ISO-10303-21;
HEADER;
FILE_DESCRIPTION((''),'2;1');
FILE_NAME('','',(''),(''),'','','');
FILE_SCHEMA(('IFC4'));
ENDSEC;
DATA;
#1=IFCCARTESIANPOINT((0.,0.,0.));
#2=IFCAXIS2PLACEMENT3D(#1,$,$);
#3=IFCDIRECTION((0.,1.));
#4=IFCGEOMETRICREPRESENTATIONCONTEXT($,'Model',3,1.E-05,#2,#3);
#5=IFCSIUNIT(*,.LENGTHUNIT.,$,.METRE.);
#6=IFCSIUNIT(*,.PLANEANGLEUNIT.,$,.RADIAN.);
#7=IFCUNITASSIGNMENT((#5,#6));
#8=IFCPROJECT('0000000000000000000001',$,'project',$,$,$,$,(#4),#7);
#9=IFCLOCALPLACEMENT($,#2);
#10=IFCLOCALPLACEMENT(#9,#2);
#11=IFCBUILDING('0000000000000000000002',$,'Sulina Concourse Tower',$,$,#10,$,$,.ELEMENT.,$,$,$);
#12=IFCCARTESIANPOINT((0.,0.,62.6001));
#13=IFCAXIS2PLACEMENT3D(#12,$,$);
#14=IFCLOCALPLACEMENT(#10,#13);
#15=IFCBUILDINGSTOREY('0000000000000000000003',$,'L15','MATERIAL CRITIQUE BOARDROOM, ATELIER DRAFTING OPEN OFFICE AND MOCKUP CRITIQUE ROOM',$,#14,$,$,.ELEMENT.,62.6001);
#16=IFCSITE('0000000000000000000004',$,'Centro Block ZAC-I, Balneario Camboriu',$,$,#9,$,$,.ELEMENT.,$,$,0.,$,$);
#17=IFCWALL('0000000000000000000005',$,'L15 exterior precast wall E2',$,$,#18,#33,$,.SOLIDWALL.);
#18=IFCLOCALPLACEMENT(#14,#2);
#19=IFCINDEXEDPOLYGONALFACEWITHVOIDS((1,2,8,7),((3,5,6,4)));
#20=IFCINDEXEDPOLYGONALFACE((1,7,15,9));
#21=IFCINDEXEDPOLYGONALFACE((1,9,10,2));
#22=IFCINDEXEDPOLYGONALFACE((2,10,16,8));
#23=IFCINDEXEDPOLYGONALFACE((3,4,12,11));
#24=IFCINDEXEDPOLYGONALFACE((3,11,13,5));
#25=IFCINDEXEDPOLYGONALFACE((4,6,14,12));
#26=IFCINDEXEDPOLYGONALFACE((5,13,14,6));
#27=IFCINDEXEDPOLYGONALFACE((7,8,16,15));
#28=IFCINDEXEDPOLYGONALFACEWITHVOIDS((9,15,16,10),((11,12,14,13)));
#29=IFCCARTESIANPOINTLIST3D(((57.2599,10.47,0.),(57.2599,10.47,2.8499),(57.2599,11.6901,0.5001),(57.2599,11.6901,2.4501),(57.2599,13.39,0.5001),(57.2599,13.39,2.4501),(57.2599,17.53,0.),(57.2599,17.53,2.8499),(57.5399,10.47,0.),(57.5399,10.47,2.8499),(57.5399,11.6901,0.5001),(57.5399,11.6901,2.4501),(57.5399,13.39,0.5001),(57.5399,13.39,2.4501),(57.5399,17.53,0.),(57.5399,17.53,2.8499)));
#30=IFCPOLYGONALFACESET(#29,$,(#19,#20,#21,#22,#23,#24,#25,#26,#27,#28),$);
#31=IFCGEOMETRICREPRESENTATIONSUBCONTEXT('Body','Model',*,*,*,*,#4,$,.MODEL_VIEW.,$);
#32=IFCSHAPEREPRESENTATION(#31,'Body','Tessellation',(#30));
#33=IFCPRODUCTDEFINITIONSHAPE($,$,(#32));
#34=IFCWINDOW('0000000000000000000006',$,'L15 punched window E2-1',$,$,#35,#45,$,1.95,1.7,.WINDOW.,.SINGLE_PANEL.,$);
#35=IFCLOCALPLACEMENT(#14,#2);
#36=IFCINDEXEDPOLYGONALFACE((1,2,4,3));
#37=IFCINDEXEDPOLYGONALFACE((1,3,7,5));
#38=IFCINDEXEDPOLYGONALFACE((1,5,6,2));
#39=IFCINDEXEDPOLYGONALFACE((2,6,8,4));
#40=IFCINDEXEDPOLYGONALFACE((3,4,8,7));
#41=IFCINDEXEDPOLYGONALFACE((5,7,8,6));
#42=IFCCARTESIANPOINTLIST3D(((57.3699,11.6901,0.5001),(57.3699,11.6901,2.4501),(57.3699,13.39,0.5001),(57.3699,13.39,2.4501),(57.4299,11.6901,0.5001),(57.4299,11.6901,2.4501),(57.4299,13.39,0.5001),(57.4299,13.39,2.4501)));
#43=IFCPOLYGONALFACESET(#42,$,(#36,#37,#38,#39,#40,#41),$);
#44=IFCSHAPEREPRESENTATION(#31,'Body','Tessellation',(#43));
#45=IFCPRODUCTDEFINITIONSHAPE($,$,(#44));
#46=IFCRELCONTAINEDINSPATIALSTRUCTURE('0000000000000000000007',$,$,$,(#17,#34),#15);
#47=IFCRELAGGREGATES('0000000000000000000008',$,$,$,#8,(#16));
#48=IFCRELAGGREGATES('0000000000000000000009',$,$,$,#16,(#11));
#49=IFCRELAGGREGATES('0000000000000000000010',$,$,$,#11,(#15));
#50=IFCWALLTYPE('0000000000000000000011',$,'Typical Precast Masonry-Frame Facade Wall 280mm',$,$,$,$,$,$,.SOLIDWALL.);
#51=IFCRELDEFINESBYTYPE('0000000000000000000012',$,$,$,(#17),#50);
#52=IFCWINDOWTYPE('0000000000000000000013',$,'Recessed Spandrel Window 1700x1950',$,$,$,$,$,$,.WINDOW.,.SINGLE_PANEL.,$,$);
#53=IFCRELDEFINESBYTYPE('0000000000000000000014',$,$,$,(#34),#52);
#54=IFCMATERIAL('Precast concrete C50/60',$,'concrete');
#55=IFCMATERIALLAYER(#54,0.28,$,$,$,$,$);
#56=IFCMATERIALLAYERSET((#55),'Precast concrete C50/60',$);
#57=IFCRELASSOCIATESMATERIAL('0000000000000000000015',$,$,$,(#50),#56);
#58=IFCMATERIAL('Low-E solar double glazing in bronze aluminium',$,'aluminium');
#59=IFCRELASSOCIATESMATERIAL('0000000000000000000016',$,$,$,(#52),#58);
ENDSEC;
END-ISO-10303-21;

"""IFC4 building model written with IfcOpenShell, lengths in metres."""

from ifc_helpers import new_model, si_unit, direction, frame, frame_2d, origin, place, context, subcontext, project, spatial, rectangle, extrude, material, layer, layer_set, type_object, element, fill, save


model = new_model("IFC4")

# Units and contexts
model_context = context("Model", 3, precision=1e-05, world=origin(), true_north=direction((0.0, 1.0)))
body_context = subcontext(model_context, "Body", "Model", "MODEL_VIEW")
ifc_project = project(units=[si_unit("LENGTHUNIT", "METRE"), si_unit("PLANEANGLEUNIT", "RADIAN")], contexts=[model_context])

# Site, building, storey
site_placement = place(None, origin())
site = spatial("IfcSite", under=ifc_project, at=site_placement, Name="Centro Block ZAC-I, Balneario Camboriu", CompositionType="ELEMENT", RefElevation=0.0)
building_placement = place(site_placement, origin())
building = spatial("IfcBuilding", under=site, at=building_placement, Name="Sulina Concourse Tower", CompositionType="ELEMENT")
storey_placement = place(building_placement, frame((0.0, 0.0, 62.6001)))
storey = spatial("IfcBuildingStorey", under=building, at=storey_placement, Name="L15", Description="MATERIAL CRITIQUE BOARDROOM, ATELIER DRAFTING OPEN OFFICE AND MOCKUP CRITIQUE ROOM", CompositionType="ELEMENT", Elevation=62.6001)

# Wall, opening, window
ifc_material_1 = material(Name="Precast concrete C50/60", Category="concrete")
ifc_layer_1 = layer(ifc_material_1, 0.28)
ifc_layer_set_1 = layer_set([ifc_layer_1], Name="Precast concrete C50/60")
wall_type_1 = type_object("IfcWallType", Name="Typical Precast Masonry-Frame Facade Wall 280mm", PredefinedType="SOLIDWALL", material=ifc_layer_set_1)
wall_1_placement = place(storey_placement, frame((57.3999, 17.53, 0.0), z_axis=(0.0, 0.0, 1.0), x_axis=(0.0, -1.0, 0.0)))
wall_1 = element("IfcWall", 1, at=wall_1_placement, inside=storey, type_object=wall_type_1, Name="L15 exterior precast wall E2", PredefinedType="SOLIDWALL", context=body_context, shape_type="SweptSolid", body=[
    extrude(rectangle(XDim=7.0601, YDim=0.28, at=frame_2d((3.53, 0.0))), origin(), (0.0, 0.0, 1.0), 2.8499),
])
opening_1_placement = place(wall_1_placement, frame((4.1399, 0.0, 0.5)))
opening_1 = element("IfcOpeningElement", 2, at=opening_1_placement, cuts=wall_1, PredefinedType="OPENING", context=body_context, shape_type="SweptSolid", body=[
    extrude(rectangle(XDim=1.7, YDim=1.95, at=frame_2d((0.8501, 0.9751))), frame((0.0, 0.1499, 0.0), z_axis=(0.0, -1.0, 0.0), x_axis=(1.0, 0.0, 0.0)), (0.0, 0.0, 1.0), 0.3),
])
ifc_material_2 = material(Name="Low-E solar double glazing in bronze aluminium", Category="aluminium")
window_type = type_object("IfcWindowType", Name="Recessed Spandrel Window 1700x1950", PartitioningType="SINGLE_PANEL", PredefinedType="WINDOW", material=ifc_material_2)
window_placement = place(opening_1_placement, origin())
window = element("IfcWindow", 3, at=window_placement, inside=storey, type_object=window_type, Name="L15 punched window E2-1", OverallHeight=1.95, OverallWidth=1.7, PartitioningType="SINGLE_PANEL", PredefinedType="WINDOW", context=body_context, shape_type="SweptSolid", body=[
    extrude(rectangle(XDim=1.7, YDim=1.95, at=frame_2d((0.8501, 0.9751))), frame((0.0, 0.03, 0.0), z_axis=(0.0, -1.0, 0.0), x_axis=(1.0, 0.0, 0.0)), (0.0, 0.0, 1.0), 0.0601),
])
fill(opening_1, window)

save(model, "model.ifc")
